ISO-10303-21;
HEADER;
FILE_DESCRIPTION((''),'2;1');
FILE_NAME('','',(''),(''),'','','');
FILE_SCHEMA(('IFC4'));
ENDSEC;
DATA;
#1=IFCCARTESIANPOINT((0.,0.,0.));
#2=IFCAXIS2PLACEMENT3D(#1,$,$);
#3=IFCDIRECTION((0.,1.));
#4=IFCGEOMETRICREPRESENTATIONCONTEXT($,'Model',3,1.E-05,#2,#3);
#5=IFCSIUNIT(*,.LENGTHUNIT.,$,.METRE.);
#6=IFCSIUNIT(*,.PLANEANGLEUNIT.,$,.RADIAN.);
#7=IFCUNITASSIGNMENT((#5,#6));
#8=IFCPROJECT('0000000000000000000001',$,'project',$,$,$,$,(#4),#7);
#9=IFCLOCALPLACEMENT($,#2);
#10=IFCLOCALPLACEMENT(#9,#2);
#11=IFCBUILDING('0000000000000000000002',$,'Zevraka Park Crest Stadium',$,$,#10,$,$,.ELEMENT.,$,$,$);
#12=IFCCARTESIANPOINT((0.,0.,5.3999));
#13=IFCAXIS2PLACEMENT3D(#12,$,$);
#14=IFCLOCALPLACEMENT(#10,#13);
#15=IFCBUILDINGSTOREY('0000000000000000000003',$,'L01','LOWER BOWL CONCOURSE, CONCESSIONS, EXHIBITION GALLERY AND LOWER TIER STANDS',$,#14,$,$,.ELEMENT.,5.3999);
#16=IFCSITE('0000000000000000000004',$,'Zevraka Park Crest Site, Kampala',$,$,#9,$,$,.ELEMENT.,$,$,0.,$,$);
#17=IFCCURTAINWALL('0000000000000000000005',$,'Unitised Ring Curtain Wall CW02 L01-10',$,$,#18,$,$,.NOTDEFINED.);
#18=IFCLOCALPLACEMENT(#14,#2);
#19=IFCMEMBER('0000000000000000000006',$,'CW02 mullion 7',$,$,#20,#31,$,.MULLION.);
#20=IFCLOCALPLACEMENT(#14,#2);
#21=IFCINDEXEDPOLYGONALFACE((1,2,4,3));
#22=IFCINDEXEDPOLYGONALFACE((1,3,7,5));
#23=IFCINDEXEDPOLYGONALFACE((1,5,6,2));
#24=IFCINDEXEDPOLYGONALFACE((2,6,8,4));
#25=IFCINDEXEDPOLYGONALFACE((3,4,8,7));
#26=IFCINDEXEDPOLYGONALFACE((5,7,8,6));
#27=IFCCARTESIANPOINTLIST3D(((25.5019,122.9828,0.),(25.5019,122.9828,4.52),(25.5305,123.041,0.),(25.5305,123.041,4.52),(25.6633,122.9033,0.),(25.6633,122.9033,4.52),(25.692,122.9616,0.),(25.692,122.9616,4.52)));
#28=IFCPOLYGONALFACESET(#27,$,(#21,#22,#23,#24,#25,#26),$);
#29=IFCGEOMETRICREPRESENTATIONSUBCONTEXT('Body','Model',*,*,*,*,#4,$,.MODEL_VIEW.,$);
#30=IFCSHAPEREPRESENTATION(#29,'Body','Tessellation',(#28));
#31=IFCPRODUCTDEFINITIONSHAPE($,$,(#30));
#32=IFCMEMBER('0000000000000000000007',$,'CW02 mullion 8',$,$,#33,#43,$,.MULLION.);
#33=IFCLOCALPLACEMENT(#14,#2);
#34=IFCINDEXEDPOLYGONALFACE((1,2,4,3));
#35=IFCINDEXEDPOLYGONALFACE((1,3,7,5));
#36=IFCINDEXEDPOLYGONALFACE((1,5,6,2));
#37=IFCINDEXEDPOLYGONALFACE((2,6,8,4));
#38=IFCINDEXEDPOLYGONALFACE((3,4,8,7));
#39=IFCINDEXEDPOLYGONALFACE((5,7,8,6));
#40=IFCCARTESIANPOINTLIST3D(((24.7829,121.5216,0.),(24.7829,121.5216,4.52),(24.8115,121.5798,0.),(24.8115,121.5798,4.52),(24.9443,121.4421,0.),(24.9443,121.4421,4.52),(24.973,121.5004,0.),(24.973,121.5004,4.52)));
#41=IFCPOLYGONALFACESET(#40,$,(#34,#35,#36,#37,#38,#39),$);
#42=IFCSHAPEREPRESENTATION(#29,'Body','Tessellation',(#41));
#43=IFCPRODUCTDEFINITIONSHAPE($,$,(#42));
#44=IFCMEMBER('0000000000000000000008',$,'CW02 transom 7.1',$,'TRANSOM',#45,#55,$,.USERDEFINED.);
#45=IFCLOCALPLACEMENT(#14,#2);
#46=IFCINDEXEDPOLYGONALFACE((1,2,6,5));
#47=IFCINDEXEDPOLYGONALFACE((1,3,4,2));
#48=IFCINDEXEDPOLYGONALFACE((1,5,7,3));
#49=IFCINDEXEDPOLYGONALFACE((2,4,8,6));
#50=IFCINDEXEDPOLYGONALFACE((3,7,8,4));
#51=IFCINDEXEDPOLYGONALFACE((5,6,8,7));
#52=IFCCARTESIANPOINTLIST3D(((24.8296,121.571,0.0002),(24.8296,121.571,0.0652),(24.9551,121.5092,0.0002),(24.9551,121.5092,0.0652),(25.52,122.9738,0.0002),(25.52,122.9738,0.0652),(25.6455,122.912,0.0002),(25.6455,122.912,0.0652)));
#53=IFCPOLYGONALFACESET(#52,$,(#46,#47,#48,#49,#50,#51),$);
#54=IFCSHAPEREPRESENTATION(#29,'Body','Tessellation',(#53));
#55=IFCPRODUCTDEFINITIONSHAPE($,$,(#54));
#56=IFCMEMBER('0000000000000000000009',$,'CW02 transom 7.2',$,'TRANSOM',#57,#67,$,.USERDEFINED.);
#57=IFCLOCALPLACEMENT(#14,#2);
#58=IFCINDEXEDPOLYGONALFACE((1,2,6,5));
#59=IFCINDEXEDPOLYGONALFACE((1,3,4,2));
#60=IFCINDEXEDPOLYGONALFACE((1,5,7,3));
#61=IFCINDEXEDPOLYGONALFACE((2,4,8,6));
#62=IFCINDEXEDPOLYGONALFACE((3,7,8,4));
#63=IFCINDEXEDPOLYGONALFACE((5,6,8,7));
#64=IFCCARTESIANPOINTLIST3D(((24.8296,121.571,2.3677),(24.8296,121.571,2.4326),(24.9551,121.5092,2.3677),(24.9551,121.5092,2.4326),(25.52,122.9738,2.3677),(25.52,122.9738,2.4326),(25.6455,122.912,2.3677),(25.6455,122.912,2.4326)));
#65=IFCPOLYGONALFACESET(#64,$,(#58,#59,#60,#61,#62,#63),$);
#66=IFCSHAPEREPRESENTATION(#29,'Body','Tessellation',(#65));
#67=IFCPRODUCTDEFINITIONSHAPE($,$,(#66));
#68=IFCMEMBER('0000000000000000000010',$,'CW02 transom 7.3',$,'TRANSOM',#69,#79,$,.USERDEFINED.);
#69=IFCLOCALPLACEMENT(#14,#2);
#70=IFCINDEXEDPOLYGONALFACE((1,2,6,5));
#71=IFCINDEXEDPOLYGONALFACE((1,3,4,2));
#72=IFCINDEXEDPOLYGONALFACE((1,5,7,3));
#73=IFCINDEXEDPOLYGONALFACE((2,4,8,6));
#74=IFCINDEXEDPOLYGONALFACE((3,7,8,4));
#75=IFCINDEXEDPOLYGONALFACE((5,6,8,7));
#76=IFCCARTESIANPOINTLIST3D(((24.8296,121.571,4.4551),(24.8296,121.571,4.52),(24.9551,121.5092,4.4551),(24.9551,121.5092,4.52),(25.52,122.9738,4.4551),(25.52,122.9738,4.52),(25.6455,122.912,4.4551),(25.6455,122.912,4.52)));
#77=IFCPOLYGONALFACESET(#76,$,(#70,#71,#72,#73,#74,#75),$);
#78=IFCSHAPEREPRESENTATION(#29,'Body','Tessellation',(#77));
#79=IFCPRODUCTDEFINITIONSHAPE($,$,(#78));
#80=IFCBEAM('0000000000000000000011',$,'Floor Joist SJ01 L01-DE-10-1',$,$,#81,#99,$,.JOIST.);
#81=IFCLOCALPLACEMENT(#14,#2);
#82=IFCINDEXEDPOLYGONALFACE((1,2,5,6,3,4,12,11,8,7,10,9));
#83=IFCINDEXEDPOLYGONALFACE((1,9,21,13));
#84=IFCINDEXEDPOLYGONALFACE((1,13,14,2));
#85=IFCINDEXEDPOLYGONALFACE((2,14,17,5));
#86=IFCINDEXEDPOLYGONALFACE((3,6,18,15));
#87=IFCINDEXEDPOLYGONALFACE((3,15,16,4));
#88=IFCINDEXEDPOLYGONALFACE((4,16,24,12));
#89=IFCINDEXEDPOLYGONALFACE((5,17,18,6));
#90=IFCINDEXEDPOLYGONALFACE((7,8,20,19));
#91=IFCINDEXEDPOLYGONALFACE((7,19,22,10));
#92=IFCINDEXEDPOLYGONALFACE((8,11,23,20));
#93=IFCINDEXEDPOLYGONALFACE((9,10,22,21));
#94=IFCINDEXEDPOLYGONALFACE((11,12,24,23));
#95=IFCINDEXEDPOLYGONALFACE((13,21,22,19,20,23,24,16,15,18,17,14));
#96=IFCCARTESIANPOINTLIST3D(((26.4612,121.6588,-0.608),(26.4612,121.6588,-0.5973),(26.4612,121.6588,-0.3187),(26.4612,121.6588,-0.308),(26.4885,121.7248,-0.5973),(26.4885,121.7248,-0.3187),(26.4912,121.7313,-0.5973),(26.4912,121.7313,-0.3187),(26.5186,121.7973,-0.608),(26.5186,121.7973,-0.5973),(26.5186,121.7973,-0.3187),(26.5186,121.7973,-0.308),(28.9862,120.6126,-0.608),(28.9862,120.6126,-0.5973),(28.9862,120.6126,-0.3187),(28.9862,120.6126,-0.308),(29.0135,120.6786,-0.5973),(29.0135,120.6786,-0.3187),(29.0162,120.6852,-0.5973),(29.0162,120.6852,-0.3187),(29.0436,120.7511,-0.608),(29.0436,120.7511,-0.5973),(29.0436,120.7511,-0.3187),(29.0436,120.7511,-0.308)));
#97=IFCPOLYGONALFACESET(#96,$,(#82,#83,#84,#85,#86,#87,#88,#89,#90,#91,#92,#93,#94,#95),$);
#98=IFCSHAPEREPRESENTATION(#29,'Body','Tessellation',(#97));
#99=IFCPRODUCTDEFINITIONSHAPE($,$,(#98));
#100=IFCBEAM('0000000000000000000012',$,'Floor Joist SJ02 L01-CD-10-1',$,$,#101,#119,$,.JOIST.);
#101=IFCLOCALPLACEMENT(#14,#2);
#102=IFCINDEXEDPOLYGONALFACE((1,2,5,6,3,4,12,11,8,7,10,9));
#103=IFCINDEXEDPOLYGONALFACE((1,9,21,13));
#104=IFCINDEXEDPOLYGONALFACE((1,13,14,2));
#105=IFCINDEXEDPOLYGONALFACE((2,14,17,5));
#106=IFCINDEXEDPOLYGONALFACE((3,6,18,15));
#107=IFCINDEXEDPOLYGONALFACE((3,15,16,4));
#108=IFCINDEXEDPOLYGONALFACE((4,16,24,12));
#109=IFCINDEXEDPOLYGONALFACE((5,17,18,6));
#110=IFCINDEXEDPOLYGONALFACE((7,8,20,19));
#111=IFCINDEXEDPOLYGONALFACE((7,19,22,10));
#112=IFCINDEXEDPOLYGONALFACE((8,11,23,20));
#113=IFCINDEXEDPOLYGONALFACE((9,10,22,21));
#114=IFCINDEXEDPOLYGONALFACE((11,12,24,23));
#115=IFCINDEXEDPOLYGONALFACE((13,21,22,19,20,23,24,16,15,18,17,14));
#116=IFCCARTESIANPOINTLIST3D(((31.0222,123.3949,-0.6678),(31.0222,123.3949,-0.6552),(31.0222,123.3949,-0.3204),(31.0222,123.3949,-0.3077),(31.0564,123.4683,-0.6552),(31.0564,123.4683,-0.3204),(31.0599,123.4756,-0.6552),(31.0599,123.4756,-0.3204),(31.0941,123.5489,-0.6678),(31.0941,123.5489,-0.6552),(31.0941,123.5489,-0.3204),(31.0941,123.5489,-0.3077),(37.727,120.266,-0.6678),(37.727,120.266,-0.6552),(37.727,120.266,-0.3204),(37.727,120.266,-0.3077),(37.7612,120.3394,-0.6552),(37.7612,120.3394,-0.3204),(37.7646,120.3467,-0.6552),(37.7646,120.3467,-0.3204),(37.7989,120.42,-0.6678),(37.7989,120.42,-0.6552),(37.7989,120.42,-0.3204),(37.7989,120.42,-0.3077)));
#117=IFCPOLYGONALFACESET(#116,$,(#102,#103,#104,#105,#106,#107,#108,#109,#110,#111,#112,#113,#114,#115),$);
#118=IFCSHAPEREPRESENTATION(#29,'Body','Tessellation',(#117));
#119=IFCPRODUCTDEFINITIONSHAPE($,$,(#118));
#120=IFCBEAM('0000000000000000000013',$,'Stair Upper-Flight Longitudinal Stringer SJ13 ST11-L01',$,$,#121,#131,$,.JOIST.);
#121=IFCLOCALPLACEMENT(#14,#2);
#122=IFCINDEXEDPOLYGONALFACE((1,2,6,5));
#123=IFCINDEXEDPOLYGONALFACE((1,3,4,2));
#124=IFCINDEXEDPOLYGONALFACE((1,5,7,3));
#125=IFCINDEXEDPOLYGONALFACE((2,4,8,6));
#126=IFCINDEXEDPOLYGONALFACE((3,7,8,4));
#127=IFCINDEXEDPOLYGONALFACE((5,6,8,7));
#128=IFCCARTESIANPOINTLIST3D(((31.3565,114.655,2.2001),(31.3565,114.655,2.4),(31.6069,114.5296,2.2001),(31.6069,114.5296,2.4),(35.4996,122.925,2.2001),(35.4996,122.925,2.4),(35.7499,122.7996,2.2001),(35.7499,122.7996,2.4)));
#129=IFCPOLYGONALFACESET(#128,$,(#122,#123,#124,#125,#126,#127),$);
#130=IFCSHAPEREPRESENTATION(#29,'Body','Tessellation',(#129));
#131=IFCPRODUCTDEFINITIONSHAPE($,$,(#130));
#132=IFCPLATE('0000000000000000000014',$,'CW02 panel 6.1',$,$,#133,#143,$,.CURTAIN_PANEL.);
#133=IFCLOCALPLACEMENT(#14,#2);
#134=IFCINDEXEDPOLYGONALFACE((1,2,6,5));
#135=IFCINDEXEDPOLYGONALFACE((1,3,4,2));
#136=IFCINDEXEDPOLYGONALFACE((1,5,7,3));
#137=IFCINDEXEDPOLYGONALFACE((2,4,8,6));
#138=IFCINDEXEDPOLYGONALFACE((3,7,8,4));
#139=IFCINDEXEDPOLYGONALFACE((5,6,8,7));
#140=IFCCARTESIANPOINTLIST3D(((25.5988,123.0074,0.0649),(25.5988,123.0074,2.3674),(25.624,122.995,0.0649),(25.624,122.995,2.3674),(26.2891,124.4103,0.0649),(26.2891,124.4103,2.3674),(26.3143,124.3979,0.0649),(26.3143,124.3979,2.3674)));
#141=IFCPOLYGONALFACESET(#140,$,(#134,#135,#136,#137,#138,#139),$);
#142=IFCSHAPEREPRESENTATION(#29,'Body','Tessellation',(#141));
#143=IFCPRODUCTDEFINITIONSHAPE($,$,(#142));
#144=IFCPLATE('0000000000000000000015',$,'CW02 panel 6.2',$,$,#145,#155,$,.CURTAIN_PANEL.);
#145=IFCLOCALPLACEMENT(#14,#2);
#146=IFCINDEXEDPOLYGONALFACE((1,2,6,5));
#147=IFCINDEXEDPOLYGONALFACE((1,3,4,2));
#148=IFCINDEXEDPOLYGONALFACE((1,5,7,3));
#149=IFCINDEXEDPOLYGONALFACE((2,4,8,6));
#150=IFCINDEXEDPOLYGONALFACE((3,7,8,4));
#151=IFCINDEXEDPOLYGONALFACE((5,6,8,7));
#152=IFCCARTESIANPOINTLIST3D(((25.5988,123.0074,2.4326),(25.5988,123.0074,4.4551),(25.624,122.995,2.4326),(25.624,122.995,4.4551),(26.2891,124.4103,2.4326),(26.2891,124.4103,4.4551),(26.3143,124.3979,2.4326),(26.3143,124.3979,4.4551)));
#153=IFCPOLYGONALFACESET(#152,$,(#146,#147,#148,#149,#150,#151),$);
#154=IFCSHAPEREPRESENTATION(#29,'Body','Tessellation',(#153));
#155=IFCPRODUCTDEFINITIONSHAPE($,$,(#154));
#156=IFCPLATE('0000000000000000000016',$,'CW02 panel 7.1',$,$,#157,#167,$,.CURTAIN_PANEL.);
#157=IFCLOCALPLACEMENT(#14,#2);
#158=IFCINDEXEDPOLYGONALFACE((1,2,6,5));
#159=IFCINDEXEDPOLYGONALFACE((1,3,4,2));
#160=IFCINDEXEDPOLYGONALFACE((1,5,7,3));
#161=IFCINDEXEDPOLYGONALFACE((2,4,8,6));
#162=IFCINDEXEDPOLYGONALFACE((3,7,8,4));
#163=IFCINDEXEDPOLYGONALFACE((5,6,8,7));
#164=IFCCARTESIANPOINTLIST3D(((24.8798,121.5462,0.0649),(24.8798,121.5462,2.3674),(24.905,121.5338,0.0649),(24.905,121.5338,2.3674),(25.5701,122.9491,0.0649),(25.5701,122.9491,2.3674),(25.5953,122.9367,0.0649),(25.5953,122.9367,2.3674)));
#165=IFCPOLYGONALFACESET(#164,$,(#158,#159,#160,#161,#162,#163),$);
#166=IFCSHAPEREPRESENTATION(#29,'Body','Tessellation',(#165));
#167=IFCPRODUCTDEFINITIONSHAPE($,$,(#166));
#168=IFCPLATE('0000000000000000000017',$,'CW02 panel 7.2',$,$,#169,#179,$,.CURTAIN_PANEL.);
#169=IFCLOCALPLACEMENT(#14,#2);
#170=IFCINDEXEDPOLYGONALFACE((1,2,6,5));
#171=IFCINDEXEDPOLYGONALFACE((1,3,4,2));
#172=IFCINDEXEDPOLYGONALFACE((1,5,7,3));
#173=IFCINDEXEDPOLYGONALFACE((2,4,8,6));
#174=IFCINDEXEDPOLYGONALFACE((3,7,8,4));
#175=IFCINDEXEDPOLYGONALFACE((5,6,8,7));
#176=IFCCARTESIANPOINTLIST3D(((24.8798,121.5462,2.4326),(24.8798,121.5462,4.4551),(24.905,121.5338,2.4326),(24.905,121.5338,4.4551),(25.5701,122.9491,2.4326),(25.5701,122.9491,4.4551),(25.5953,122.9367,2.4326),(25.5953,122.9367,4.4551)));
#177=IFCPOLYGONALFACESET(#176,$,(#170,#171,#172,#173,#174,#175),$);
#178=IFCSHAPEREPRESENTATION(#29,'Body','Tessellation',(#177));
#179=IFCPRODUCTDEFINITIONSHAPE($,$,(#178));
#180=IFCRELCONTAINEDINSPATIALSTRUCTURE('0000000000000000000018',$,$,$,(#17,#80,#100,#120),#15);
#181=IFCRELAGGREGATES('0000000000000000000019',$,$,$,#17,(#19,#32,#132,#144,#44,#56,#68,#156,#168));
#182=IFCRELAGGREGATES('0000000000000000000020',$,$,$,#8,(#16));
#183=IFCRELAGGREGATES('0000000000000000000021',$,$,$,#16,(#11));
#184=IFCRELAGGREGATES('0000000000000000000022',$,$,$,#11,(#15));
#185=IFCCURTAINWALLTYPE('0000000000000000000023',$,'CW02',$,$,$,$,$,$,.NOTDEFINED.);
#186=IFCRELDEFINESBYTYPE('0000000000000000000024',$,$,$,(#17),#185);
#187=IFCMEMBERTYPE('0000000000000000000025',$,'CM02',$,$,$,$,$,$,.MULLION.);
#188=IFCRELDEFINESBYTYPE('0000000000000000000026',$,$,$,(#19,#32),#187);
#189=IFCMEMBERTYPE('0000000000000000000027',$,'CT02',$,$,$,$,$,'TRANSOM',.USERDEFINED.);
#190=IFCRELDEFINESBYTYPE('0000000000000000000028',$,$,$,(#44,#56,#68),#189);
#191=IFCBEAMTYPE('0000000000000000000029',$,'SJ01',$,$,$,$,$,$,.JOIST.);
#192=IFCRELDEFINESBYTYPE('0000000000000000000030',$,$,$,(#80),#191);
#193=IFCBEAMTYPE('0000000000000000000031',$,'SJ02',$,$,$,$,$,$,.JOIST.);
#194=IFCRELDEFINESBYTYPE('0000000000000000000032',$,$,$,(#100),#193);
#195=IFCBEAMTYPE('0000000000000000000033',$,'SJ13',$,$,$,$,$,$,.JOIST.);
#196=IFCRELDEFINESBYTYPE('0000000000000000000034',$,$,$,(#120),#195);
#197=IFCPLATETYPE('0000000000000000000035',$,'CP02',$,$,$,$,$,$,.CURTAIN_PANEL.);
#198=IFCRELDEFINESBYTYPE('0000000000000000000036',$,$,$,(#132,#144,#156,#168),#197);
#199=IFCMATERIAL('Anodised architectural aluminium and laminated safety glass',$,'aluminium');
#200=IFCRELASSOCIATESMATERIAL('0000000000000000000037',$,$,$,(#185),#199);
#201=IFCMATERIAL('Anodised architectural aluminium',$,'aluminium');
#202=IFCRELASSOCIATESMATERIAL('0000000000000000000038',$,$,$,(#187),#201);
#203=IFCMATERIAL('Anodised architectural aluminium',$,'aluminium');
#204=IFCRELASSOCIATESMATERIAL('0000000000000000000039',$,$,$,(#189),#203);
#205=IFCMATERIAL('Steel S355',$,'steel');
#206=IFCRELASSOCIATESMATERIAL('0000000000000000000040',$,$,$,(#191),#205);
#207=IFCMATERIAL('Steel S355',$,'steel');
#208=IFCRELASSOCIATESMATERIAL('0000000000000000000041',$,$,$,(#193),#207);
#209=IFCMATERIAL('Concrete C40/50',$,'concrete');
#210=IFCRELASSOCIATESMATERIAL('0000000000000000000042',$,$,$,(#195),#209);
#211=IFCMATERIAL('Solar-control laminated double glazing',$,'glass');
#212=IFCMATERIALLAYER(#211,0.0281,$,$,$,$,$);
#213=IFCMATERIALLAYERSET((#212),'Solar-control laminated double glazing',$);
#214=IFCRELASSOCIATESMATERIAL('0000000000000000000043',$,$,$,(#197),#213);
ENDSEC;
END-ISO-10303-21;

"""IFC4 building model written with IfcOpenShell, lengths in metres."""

from ifc_helpers import new_model, si_unit, direction, frame, origin, origin_2d, place, context, subcontext, project, spatial, rectangle, i_section, extrude, material, layer, layer_set, material_profile, profile_set, type_object, element, aggregate, save


model = new_model("IFC4")

# Units and contexts
model_context = context("Model", 3, precision=1e-05, world=origin(), true_north=direction((0.0, 1.0)))
body_context = subcontext(model_context, "Body", "Model", "MODEL_VIEW")
ifc_project = project(units=[si_unit("LENGTHUNIT", "METRE"), si_unit("PLANEANGLEUNIT", "RADIAN")], contexts=[model_context])

# Site, building, storey
site_placement = place(None, origin())
site = spatial("IfcSite", under=ifc_project, at=site_placement, Name="Zevraka Park Crest Site, Kampala", CompositionType="ELEMENT", RefElevation=0.0)
building_placement = place(site_placement, origin())
building = spatial("IfcBuilding", under=site, at=building_placement, Name="Zevraka Park Crest Stadium", CompositionType="ELEMENT")
storey_placement = place(building_placement, frame((0.0, 0.0, 5.3999)))
storey = spatial("IfcBuildingStorey", under=building, at=storey_placement, Name="L01", Description="LOWER BOWL CONCOURSE, CONCESSIONS, EXHIBITION GALLERY AND LOWER TIER STANDS", CompositionType="ELEMENT", Elevation=5.3999)

# Curtain wall, members
ifc_material_1 = material(Name="Anodised architectural aluminium and laminated safety glass", Category="aluminium")
curtain_wall_type = type_object("IfcCurtainWallType", Name="CW02", PredefinedType="NOTDEFINED", material=ifc_material_1)
curtain_wall_placement = place(storey_placement, origin())
curtain_wall = element("IfcCurtainWall", 1, at=curtain_wall_placement, inside=storey, type_object=curtain_wall_type, Name="Unitised Ring Curtain Wall CW02 L01-10", PredefinedType="NOTDEFINED")
ifc_material_2 = material(Name="Anodised architectural aluminium", Category="aluminium")
ifc_material_profile_1 = material_profile(ifc_material_2, rectangle(XDim=0.1799, YDim=0.0649, at=origin_2d()), Name="ALU MULLION 180x65")
ifc_profile_set_1 = profile_set([ifc_material_profile_1], Name="Anodised architectural aluminium")
member_type_1 = type_object("IfcMemberType", Name="CM02", PredefinedType="MULLION", material=ifc_profile_set_1)
member_1_placement = place(storey_placement, frame((25.5969, 122.9722, 0.0), z_axis=(0.0, 0.0, 1.0), x_axis=(0.897253, -0.441517, 0.0)))
member_1 = element("IfcMember", 2, at=member_1_placement, type_object=member_type_1, Name="CW02 mullion 7", PredefinedType="MULLION", context=body_context, shape_type="SweptSolid", body=[
    extrude(rectangle(XDim=0.1799, YDim=0.0649, at=origin_2d()), origin(), (0.0, 0.0, 1.0), 4.52),
])
member_2_placement = place(storey_placement, frame((24.8779, 121.511, 0.0), z_axis=(0.0, 0.0, 1.0), x_axis=(0.897253, -0.441517, 0.0)))
member_2 = element("IfcMember", 3, at=member_2_placement, type_object=member_type_1, Name="CW02 mullion 8", PredefinedType="MULLION", context=body_context, shape_type="SweptSolid", body=[
    extrude(rectangle(XDim=0.1799, YDim=0.0649, at=origin_2d()), origin(), (0.0, 0.0, 1.0), 4.52),
])
ifc_material_3 = material(Name="Anodised architectural aluminium", Category="aluminium")
ifc_material_profile_2 = material_profile(ifc_material_3, rectangle(XDim=0.1399, YDim=0.0649, at=origin_2d()), Name="ALU TRANSOM 140x65")
ifc_profile_set_2 = profile_set([ifc_material_profile_2], Name="Anodised architectural aluminium")
member_type_2 = type_object("IfcMemberType", Name="CT02", ElementType="TRANSOM", PredefinedType="USERDEFINED", material=ifc_profile_set_2)
member_3_placement = place(storey_placement, frame((25.5828, 122.9429, 0.0327), z_axis=(-0.441583, -0.89722, 0.0), x_axis=(0.89722, -0.441583, 0.0)))
member_3 = element("IfcMember", 4, at=member_3_placement, type_object=member_type_2, Name="CW02 transom 7.1", ObjectType="TRANSOM", PredefinedType="USERDEFINED", context=body_context, shape_type="SweptSolid", body=[
    extrude(rectangle(XDim=0.1399, YDim=0.0649, at=origin_2d()), origin(), (0.0, 0.0, 1.0), 1.5635),
])
member_4_placement = place(storey_placement, frame((25.5828, 122.9429, 2.4001), z_axis=(-0.441583, -0.89722, 0.0), x_axis=(0.89722, -0.441583, 0.0)))
member_4 = element("IfcMember", 5, at=member_4_placement, type_object=member_type_2, Name="CW02 transom 7.2", ObjectType="TRANSOM", PredefinedType="USERDEFINED", context=body_context, shape_type="SweptSolid", body=[
    extrude(rectangle(XDim=0.1399, YDim=0.0649, at=origin_2d()), origin(), (0.0, 0.0, 1.0), 1.5635),
])
member_5_placement = place(storey_placement, frame((25.5828, 122.9429, 4.4875), z_axis=(-0.441583, -0.89722, 0.0), x_axis=(0.89722, -0.441583, 0.0)))
member_5 = element("IfcMember", 6, at=member_5_placement, type_object=member_type_2, Name="CW02 transom 7.3", ObjectType="TRANSOM", PredefinedType="USERDEFINED", context=body_context, shape_type="SweptSolid", body=[
    extrude(rectangle(XDim=0.1399, YDim=0.0649, at=origin_2d()), origin(), (0.0, 0.0, 1.0), 1.5635),
])

# Beams
ifc_material_4 = material(Name="Steel S355", Category="steel")
ifc_material_profile_3 = material_profile(ifc_material_4, i_section(OverallWidth=0.1499, OverallDepth=0.3, WebThickness=0.0071, FlangeThickness=0.0107, at=origin_2d()), Name="IPE 300")
ifc_profile_set_3 = profile_set([ifc_material_profile_3], Name="Steel S355")
beam_type_1 = type_object("IfcBeamType", Name="SJ01", PredefinedType="JOIST", material=ifc_profile_set_3)
beam_1_placement = place(storey_placement, frame((29.0149, 120.6819, -0.458), z_axis=(-0.923842, 0.382775, 0.0), x_axis=(-0.382775, -0.923842, 0.0)))
element("IfcBeam", 7, at=beam_1_placement, inside=storey, type_object=beam_type_1, Name="Floor Joist SJ01 L01-DE-10-1", PredefinedType="JOIST", context=body_context, shape_type="SweptSolid", body=[
    extrude(i_section(OverallWidth=0.1499, OverallDepth=0.3, WebThickness=0.0071, FlangeThickness=0.0107, at=origin_2d()), origin(), (0.0, 0.0, 1.0), 2.7332),
])
ifc_material_5 = material(Name="Steel S355", Category="steel")
ifc_material_profile_4 = material_profile(ifc_material_5, i_section(OverallWidth=0.1699, OverallDepth=0.3601, WebThickness=0.0081, FlangeThickness=0.0127, at=origin_2d()), Name="IPE 360")
ifc_profile_set_4 = profile_set([ifc_material_profile_4], Name="Steel S355")
beam_type_2 = type_object("IfcBeamType", Name="SJ02", PredefinedType="JOIST", material=ifc_profile_set_4)
beam_2_placement = place(storey_placement, frame((37.7629, 120.343, -0.4878), z_axis=(-0.906184, 0.422884, 0.0), x_axis=(-0.422884, -0.906184, 0.0)))
element("IfcBeam", 8, at=beam_2_placement, inside=storey, type_object=beam_type_2, Name="Floor Joist SJ02 L01-CD-10-1", PredefinedType="JOIST", context=body_context, shape_type="SweptSolid", body=[
    extrude(i_section(OverallWidth=0.1699, OverallDepth=0.3601, WebThickness=0.0081, FlangeThickness=0.0127, at=origin_2d()), origin(), (0.0, 0.0, 1.0), 7.3989),
])
ifc_material_6 = material(Name="Concrete C40/50", Category="concrete")
ifc_material_profile_5 = material_profile(ifc_material_6, rectangle(XDim=0.28, YDim=0.2, at=origin_2d()), Name="RC 200x280")
ifc_profile_set_5 = profile_set([ifc_material_profile_5], Name="Concrete C40/50")
beam_type_3 = type_object("IfcBeamType", Name="SJ13", PredefinedType="JOIST", material=ifc_profile_set_5)
beam_3_placement = place(storey_placement, frame((35.6248, 122.8623, 2.3), z_axis=(-0.44791, -0.894079, 0.0), x_axis=(0.894079, -0.44791, 0.0)))
element("IfcBeam", 9, at=beam_3_placement, inside=storey, type_object=beam_type_3, Name="Stair Upper-Flight Longitudinal Stringer SJ13 ST11-L01", PredefinedType="JOIST", context=body_context, shape_type="SweptSolid", body=[
    extrude(rectangle(XDim=0.28, YDim=0.2, at=origin_2d()), origin(), (0.0, 0.0, 1.0), 9.2498),
])

# Plates
ifc_material_7 = material(Name="Solar-control laminated double glazing", Category="glass")
ifc_layer_1 = layer(ifc_material_7, 0.0281)
ifc_layer_set_1 = layer_set([ifc_layer_1], Name="Solar-control laminated double glazing")
plate_type = type_object("IfcPlateType", Name="CP02", PredefinedType="CURTAIN_PANEL", material=ifc_layer_set_1)
plate_1_placement = place(storey_placement, frame((25.9565, 123.7026, 0.0649), z_axis=(0.0, 0.0, 1.0), x_axis=(-0.441517, -0.897253, 0.0)))
plate_1 = element("IfcPlate", 10, at=plate_1_placement, type_object=plate_type, Name="CW02 panel 6.1", PredefinedType="CURTAIN_PANEL", context=body_context, shape_type="SweptSolid", body=[
    extrude(rectangle(XDim=1.5635, YDim=0.0281, at=origin_2d()), origin(), (0.0, 0.0, 1.0), 2.3025),
])
plate_2_placement = place(storey_placement, frame((25.9565, 123.7026, 2.4326), z_axis=(0.0, 0.0, 1.0), x_axis=(-0.441517, -0.897253, 0.0)))
plate_2 = element("IfcPlate", 11, at=plate_2_placement, type_object=plate_type, Name="CW02 panel 6.2", PredefinedType="CURTAIN_PANEL", context=body_context, shape_type="SweptSolid", body=[
    extrude(rectangle(XDim=1.5635, YDim=0.0281, at=origin_2d()), origin(), (0.0, 0.0, 1.0), 2.0225),
])
plate_3_placement = place(storey_placement, frame((25.2375, 122.2415, 0.0649), z_axis=(0.0, 0.0, 1.0), x_axis=(-0.441517, -0.897253, 0.0)))
plate_3 = element("IfcPlate", 12, at=plate_3_placement, type_object=plate_type, Name="CW02 panel 7.1", PredefinedType="CURTAIN_PANEL", context=body_context, shape_type="SweptSolid", body=[
    extrude(rectangle(XDim=1.5635, YDim=0.0281, at=origin_2d()), origin(), (0.0, 0.0, 1.0), 2.3025),
])
plate_4_placement = place(storey_placement, frame((25.2375, 122.2415, 2.4326), z_axis=(0.0, 0.0, 1.0), x_axis=(-0.441517, -0.897253, 0.0)))
plate_4 = element("IfcPlate", 13, at=plate_4_placement, type_object=plate_type, Name="CW02 panel 7.2", PredefinedType="CURTAIN_PANEL", context=body_context, shape_type="SweptSolid", body=[
    extrude(rectangle(XDim=1.5635, YDim=0.0281, at=origin_2d()), origin(), (0.0, 0.0, 1.0), 2.0225),
])
aggregate(curtain_wall, [member_1, member_2, plate_1, plate_2, member_3, member_4, member_5, plate_3, plate_4])

save(model, "model.ifc")
